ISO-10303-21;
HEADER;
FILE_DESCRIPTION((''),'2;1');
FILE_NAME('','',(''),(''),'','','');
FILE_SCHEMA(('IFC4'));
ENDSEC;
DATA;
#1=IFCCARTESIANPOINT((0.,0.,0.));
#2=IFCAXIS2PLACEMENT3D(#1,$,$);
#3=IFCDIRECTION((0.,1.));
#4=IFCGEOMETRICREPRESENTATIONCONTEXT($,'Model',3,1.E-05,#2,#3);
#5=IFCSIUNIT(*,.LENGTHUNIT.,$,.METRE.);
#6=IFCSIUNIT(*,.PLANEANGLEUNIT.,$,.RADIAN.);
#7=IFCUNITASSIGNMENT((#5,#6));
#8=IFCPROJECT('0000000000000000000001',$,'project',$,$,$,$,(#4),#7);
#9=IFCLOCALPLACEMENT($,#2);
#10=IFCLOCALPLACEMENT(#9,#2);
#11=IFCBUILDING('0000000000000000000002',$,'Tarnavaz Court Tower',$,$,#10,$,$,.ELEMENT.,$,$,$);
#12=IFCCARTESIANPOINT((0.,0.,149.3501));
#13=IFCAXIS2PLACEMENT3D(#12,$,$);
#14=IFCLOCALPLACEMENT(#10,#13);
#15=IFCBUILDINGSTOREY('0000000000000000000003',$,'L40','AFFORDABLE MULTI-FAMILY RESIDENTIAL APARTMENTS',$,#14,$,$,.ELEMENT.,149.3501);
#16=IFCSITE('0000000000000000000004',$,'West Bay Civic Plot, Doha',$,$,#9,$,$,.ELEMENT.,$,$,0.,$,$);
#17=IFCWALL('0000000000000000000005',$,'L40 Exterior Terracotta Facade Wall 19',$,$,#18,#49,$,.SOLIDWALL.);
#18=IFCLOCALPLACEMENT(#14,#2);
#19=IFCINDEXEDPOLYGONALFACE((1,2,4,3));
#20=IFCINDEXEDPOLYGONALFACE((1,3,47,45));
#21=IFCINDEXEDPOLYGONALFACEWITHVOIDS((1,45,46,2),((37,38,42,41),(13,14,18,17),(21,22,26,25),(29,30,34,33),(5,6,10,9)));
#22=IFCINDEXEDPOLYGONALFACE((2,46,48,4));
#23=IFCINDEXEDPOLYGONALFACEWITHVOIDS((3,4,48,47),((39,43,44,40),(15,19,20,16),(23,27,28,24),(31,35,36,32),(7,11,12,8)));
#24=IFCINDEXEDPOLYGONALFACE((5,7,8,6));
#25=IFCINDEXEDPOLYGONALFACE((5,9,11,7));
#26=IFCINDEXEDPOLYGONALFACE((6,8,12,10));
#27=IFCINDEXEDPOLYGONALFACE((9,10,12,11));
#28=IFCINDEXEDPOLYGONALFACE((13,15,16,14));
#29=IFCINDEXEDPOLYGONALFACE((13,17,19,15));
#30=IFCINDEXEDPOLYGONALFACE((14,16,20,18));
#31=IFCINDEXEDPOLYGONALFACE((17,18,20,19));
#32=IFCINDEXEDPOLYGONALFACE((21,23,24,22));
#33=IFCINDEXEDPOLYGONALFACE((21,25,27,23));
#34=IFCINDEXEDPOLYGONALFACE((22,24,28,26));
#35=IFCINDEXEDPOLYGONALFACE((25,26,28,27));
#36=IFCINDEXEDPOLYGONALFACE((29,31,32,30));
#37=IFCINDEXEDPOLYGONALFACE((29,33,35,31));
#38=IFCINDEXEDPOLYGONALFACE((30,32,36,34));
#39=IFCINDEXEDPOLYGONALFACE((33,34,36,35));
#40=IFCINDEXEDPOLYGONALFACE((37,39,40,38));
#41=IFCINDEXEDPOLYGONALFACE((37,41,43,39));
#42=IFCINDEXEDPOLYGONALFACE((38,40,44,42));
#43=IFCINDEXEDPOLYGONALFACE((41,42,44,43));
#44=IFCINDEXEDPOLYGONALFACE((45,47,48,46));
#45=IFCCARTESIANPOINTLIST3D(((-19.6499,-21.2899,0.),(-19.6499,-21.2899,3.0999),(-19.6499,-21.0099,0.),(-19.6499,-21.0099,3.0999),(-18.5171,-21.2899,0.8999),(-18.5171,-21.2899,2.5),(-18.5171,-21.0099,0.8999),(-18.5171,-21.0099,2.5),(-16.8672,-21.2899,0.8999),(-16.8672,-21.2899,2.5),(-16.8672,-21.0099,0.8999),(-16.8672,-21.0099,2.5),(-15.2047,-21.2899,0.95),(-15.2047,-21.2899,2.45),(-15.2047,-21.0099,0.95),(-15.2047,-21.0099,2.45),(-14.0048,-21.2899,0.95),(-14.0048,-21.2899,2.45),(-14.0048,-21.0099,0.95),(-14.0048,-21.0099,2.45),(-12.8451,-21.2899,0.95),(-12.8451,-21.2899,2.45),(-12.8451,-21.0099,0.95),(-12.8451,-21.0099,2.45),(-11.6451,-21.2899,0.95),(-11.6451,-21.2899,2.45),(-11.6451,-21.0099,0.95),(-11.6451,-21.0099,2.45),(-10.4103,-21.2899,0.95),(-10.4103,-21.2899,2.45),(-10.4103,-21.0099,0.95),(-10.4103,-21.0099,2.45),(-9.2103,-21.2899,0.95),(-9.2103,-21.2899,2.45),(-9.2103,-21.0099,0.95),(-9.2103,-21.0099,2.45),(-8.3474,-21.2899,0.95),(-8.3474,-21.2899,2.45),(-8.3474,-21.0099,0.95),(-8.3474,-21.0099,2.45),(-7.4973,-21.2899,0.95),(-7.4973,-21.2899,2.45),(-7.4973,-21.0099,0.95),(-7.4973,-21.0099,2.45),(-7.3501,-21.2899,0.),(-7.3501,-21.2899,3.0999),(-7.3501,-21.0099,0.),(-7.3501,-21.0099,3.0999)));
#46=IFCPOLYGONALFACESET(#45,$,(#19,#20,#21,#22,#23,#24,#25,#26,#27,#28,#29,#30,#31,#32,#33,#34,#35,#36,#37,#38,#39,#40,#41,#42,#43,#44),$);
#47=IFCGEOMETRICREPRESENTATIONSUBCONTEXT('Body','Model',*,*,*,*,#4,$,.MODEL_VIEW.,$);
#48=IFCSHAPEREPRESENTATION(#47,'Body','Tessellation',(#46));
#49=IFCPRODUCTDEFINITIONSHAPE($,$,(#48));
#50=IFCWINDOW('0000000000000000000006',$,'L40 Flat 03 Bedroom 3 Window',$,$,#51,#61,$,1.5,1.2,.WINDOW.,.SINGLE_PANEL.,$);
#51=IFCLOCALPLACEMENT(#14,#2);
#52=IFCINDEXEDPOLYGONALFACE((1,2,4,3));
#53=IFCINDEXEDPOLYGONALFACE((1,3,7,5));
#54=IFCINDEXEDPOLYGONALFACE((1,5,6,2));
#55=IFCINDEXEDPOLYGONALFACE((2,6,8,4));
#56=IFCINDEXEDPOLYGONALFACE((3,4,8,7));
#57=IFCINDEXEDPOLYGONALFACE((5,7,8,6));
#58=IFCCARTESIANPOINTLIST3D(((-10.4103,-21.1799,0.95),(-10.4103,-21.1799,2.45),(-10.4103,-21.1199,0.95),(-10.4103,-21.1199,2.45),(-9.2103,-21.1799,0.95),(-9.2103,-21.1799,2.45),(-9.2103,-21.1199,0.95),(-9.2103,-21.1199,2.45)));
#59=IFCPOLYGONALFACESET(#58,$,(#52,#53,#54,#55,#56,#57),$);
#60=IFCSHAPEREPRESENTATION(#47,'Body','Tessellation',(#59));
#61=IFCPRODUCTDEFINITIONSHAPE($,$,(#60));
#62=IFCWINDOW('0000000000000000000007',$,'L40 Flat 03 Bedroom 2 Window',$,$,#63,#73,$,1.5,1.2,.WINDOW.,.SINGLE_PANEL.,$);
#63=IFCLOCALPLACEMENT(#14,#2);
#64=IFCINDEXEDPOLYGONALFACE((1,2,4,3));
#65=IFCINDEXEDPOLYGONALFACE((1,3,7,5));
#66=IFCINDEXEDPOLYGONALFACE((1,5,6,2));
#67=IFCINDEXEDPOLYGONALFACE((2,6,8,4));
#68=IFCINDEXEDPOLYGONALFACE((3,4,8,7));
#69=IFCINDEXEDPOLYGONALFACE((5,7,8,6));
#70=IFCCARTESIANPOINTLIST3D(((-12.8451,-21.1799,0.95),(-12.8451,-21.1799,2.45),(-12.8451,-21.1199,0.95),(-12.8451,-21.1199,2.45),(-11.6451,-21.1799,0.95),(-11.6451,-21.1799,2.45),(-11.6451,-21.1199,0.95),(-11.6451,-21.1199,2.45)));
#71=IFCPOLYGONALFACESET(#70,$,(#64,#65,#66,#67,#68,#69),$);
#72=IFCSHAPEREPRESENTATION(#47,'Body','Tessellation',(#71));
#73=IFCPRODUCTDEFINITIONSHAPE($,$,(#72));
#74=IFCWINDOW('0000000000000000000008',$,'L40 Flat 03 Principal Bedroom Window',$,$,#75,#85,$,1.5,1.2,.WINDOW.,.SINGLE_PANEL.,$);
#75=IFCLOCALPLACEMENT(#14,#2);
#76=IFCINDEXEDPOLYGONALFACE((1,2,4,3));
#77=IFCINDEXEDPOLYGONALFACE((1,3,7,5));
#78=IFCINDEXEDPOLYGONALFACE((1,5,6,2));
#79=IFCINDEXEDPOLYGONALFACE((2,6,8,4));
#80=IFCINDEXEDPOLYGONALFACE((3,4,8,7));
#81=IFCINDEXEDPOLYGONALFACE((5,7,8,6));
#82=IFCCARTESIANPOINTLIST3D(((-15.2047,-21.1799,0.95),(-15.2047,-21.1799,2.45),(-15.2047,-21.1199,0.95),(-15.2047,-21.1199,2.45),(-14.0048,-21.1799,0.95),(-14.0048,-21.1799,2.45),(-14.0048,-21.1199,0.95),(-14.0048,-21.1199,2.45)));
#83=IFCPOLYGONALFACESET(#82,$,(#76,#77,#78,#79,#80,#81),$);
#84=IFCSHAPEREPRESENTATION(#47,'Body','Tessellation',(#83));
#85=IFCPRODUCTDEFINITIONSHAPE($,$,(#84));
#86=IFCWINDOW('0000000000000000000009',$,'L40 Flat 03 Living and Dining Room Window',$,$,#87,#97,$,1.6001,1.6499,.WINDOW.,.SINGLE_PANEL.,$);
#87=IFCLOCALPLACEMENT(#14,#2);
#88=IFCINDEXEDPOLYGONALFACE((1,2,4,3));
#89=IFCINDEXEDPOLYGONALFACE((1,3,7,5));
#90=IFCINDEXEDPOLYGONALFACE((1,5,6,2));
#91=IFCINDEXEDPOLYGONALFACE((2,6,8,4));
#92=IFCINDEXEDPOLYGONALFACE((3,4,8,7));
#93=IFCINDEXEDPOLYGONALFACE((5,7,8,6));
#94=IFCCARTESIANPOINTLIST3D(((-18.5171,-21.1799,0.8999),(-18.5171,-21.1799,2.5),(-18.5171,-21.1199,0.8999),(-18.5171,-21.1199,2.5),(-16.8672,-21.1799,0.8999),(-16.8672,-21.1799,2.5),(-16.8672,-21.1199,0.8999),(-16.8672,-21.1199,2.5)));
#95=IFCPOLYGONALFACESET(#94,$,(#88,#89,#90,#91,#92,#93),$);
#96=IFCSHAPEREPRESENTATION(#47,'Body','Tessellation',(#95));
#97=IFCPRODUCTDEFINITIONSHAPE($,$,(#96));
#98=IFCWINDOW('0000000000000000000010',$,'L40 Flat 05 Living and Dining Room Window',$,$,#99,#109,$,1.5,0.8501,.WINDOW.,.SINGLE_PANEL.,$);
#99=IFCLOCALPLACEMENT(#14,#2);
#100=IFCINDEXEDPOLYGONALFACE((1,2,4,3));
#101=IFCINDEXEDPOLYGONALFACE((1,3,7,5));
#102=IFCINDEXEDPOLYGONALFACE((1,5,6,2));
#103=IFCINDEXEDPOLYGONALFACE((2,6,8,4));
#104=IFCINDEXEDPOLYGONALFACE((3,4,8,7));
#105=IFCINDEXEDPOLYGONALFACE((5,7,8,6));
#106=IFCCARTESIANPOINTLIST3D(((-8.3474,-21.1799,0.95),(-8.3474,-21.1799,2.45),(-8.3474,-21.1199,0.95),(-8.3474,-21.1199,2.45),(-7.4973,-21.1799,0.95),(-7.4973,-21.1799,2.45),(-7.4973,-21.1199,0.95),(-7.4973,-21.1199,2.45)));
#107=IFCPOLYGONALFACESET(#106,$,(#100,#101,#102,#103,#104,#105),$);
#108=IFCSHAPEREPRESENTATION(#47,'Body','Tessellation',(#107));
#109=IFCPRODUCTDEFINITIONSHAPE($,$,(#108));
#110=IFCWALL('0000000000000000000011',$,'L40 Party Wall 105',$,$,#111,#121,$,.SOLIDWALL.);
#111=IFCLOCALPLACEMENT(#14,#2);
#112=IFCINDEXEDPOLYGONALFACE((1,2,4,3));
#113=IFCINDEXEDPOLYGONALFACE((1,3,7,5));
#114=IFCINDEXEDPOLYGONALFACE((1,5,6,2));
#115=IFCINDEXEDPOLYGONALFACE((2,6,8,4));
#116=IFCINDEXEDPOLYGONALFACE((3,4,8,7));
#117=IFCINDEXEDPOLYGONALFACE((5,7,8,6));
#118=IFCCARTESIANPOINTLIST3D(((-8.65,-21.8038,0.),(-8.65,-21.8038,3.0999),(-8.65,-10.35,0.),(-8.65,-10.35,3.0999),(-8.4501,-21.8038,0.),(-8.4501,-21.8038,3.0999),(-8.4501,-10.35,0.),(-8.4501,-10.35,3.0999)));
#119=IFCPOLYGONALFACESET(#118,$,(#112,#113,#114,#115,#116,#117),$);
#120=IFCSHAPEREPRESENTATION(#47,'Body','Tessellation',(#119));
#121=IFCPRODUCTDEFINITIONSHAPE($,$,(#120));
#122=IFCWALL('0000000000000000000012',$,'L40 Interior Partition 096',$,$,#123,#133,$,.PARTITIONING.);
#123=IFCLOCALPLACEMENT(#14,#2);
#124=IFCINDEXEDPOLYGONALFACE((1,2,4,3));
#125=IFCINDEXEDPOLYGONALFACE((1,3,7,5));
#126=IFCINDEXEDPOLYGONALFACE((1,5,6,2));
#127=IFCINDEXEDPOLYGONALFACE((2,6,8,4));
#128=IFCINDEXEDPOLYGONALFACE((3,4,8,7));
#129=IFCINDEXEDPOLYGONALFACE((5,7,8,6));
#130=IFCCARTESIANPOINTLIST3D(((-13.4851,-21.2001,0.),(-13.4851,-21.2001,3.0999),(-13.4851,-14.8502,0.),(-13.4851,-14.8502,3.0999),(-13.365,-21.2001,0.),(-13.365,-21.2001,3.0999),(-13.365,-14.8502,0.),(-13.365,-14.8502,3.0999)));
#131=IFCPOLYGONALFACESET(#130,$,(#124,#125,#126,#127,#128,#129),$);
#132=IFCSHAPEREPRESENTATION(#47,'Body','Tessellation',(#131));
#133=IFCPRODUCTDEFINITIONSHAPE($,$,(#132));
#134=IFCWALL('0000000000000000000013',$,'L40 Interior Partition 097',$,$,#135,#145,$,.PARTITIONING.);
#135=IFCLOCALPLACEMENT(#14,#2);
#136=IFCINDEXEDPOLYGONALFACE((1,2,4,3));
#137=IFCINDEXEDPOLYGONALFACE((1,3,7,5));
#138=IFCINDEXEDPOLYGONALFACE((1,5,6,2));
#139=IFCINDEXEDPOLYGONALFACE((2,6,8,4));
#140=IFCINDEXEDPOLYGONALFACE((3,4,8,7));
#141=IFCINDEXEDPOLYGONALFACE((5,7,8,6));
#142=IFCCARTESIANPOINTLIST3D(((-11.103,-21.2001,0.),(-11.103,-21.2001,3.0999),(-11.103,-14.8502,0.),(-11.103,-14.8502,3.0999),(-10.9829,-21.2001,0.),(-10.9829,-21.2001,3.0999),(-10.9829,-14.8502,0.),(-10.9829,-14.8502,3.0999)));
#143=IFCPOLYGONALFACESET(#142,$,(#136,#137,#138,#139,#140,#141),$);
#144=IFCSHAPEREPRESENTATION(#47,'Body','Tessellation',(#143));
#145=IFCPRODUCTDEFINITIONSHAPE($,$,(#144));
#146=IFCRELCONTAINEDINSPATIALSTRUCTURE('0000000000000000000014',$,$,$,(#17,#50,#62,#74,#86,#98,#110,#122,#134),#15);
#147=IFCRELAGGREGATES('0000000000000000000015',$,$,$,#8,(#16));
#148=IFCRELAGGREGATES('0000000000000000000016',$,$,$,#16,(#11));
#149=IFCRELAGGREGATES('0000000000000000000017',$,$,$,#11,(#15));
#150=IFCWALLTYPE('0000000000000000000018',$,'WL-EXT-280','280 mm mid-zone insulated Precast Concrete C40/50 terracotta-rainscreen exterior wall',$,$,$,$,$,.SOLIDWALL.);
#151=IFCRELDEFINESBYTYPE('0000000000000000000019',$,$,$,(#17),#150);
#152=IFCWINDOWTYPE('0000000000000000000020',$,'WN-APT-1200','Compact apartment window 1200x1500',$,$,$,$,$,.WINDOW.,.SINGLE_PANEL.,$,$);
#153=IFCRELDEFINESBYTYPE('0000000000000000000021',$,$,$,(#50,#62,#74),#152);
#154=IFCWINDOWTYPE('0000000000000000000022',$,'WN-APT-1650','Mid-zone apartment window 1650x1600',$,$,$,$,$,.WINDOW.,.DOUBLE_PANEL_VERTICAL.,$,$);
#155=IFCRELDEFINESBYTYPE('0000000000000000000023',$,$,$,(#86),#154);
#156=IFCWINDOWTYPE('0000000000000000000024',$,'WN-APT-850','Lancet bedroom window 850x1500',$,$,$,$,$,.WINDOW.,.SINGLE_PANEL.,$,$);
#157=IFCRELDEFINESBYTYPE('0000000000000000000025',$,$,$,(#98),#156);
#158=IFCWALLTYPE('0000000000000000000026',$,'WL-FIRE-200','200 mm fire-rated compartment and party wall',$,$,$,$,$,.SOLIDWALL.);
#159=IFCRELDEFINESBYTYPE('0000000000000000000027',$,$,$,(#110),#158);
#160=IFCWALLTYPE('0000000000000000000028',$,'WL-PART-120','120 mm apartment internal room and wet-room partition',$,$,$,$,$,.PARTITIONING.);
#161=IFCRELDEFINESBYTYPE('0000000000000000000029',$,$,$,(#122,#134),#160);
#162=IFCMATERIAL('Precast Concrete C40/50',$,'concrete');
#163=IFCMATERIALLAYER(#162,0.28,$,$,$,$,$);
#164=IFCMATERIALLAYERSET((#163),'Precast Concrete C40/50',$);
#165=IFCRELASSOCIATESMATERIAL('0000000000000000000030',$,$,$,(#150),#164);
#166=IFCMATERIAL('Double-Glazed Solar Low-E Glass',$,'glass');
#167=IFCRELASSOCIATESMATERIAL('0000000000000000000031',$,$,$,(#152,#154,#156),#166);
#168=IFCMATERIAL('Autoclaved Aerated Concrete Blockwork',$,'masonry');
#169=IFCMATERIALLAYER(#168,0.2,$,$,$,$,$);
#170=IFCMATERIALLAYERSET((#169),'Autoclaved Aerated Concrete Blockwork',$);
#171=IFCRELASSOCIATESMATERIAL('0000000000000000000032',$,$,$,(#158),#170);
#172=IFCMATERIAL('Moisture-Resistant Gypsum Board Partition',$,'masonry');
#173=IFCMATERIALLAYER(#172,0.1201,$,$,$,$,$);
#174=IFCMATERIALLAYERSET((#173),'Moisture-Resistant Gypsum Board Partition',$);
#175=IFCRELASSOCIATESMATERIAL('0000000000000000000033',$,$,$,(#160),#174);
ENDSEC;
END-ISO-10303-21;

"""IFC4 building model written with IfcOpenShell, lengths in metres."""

from ifc_helpers import new_model, si_unit, direction, frame, frame_2d, origin, place, context, subcontext, project, spatial, rectangle, extrude, material, layer, layer_set, type_object, element, fill, save


model = new_model("IFC4")

# Units and contexts
model_context = context("Model", 3, precision=1e-05, world=origin(), true_north=direction((0.0, 1.0)))
body_context = subcontext(model_context, "Body", "Model", "MODEL_VIEW")
ifc_project = project(units=[si_unit("LENGTHUNIT", "METRE"), si_unit("PLANEANGLEUNIT", "RADIAN")], contexts=[model_context])

# Site, building, storey
site_placement = place(None, origin())
site = spatial("IfcSite", under=ifc_project, at=site_placement, Name="West Bay Civic Plot, Doha", CompositionType="ELEMENT", RefElevation=0.0)
building_placement = place(site_placement, origin())
building = spatial("IfcBuilding", under=site, at=building_placement, Name="Tarnavaz Court Tower", CompositionType="ELEMENT")
storey_placement = place(building_placement, frame((0.0, 0.0, 149.3501)))
storey = spatial("IfcBuildingStorey", under=building, at=storey_placement, Name="L40", Description="AFFORDABLE MULTI-FAMILY RESIDENTIAL APARTMENTS", CompositionType="ELEMENT", Elevation=149.3501)

# Shared definitions
ifc_material_1 = material(Name="Double-Glazed Solar Low-E Glass", Category="glass")

# Shared definitions
ifc_material_2 = material(Name="Precast Concrete C40/50", Category="concrete")
ifc_layer_1 = layer(ifc_material_2, 0.28)
ifc_layer_set_1 = layer_set([ifc_layer_1], Name="Precast Concrete C40/50")
wall_type_1 = type_object("IfcWallType", Name="WL-EXT-280", Description="280 mm mid-zone insulated Precast Concrete C40/50 terracotta-rainscreen exterior wall", PredefinedType="SOLIDWALL", material=ifc_layer_set_1)
window_type_1 = type_object("IfcWindowType", Name="WN-APT-1200", Description="Compact apartment window 1200x1500", PartitioningType="SINGLE_PANEL", PredefinedType="WINDOW", material=ifc_material_1)

# Wall, openings, windows
wall_1_placement = place(storey_placement, frame((-7.3501, -21.1499, 0.0), z_axis=(0.0, 0.0, 1.0), x_axis=(-1.0, 0.0, 0.0)))
wall_1 = element("IfcWall", 1, at=wall_1_placement, inside=storey, type_object=wall_type_1, Name="L40 Exterior Terracotta Facade Wall 19", PredefinedType="SOLIDWALL", context=body_context, shape_type="SweptSolid", body=[
    extrude(rectangle(XDim=12.2998, YDim=0.28, at=frame_2d((6.1499, 0.0))), origin(), (0.0, 0.0, 1.0), 3.0999),
])
opening_1_placement = place(wall_1_placement, frame((0.1472, 0.0, 0.95)))
opening_1 = element("IfcOpeningElement", 2, at=opening_1_placement, cuts=wall_1, PredefinedType="OPENING", context=body_context, shape_type="SweptSolid", body=[
    extrude(rectangle(XDim=0.8501, YDim=1.5, at=frame_2d((0.425, 0.75))), frame((0.0, 0.1499, 0.0), z_axis=(0.0, -1.0, 0.0), x_axis=(1.0, 0.0, 0.0)), (0.0, 0.0, 1.0), 0.3),
])
opening_2_placement = place(wall_1_placement, frame((1.8601, 0.0, 0.95)))
opening_2 = element("IfcOpeningElement", 3, at=opening_2_placement, cuts=wall_1, PredefinedType="OPENING", context=body_context, shape_type="SweptSolid", body=[
    extrude(rectangle(XDim=1.2, YDim=1.5, at=frame_2d((0.6001, 0.75))), frame((0.0, 0.1499, 0.0), z_axis=(0.0, -1.0, 0.0), x_axis=(1.0, 0.0, 0.0)), (0.0, 0.0, 1.0), 0.3),
])
opening_3_placement = place(wall_1_placement, frame((4.2949, 0.0, 0.95)))
opening_3 = element("IfcOpeningElement", 4, at=opening_3_placement, cuts=wall_1, PredefinedType="OPENING", context=body_context, shape_type="SweptSolid", body=[
    extrude(rectangle(XDim=1.2, YDim=1.5, at=frame_2d((0.6001, 0.75))), frame((0.0, 0.1499, 0.0), z_axis=(0.0, -1.0, 0.0), x_axis=(1.0, 0.0, 0.0)), (0.0, 0.0, 1.0), 0.3),
])
opening_4_placement = place(wall_1_placement, frame((6.6545, 0.0, 0.95)))
opening_4 = element("IfcOpeningElement", 5, at=opening_4_placement, cuts=wall_1, PredefinedType="OPENING", context=body_context, shape_type="SweptSolid", body=[
    extrude(rectangle(XDim=1.2, YDim=1.5, at=frame_2d((0.6001, 0.75))), frame((0.0, 0.1499, 0.0), z_axis=(0.0, -1.0, 0.0), x_axis=(1.0, 0.0, 0.0)), (0.0, 0.0, 1.0), 0.3),
])
opening_5_placement = place(wall_1_placement, frame((9.5171, 0.0, 0.8999)))
opening_5 = element("IfcOpeningElement", 6, at=opening_5_placement, cuts=wall_1, PredefinedType="OPENING", context=body_context, shape_type="SweptSolid", body=[
    extrude(rectangle(XDim=1.6499, YDim=1.6001, at=frame_2d((0.825, 0.8))), frame((0.0, 0.1499, 0.0), z_axis=(0.0, -1.0, 0.0), x_axis=(1.0, 0.0, 0.0)), (0.0, 0.0, 1.0), 0.3),
])
window_1_placement = place(opening_2_placement, origin())
window_1 = element("IfcWindow", 7, at=window_1_placement, inside=storey, type_object=window_type_1, Name="L40 Flat 03 Bedroom 3 Window", OverallHeight=1.5, OverallWidth=1.2, PartitioningType="SINGLE_PANEL", PredefinedType="WINDOW", context=body_context, shape_type="SweptSolid", body=[
    extrude(rectangle(XDim=1.2, YDim=1.5, at=frame_2d((0.6001, 0.75))), frame((0.0, 0.03, 0.0), z_axis=(0.0, -1.0, 0.0), x_axis=(1.0, 0.0, 0.0)), (0.0, 0.0, 1.0), 0.0601),
])
fill(opening_2, window_1)
window_2_placement = place(opening_3_placement, origin())
window_2 = element("IfcWindow", 8, at=window_2_placement, inside=storey, type_object=window_type_1, Name="L40 Flat 03 Bedroom 2 Window", OverallHeight=1.5, OverallWidth=1.2, PartitioningType="SINGLE_PANEL", PredefinedType="WINDOW", context=body_context, shape_type="SweptSolid", body=[
    extrude(rectangle(XDim=1.2, YDim=1.5, at=frame_2d((0.6001, 0.75))), frame((0.0, 0.03, 0.0), z_axis=(0.0, -1.0, 0.0), x_axis=(1.0, 0.0, 0.0)), (0.0, 0.0, 1.0), 0.0601),
])
fill(opening_3, window_2)
window_3_placement = place(opening_4_placement, origin())
window_3 = element("IfcWindow", 9, at=window_3_placement, inside=storey, type_object=window_type_1, Name="L40 Flat 03 Principal Bedroom Window", OverallHeight=1.5, OverallWidth=1.2, PartitioningType="SINGLE_PANEL", PredefinedType="WINDOW", context=body_context, shape_type="SweptSolid", body=[
    extrude(rectangle(XDim=1.2, YDim=1.5, at=frame_2d((0.6001, 0.75))), frame((0.0, 0.03, 0.0), z_axis=(0.0, -1.0, 0.0), x_axis=(1.0, 0.0, 0.0)), (0.0, 0.0, 1.0), 0.0601),
])
fill(opening_4, window_3)
window_type_2 = type_object("IfcWindowType", Name="WN-APT-1650", Description="Mid-zone apartment window 1650x1600", PartitioningType="DOUBLE_PANEL_VERTICAL", PredefinedType="WINDOW", material=ifc_material_1)
window_4_placement = place(opening_5_placement, origin())
window_4 = element("IfcWindow", 10, at=window_4_placement, inside=storey, type_object=window_type_2, Name="L40 Flat 03 Living and Dining Room Window", OverallHeight=1.6001, OverallWidth=1.6499, PartitioningType="SINGLE_PANEL", PredefinedType="WINDOW", context=body_context, shape_type="SweptSolid", body=[
    extrude(rectangle(XDim=1.6499, YDim=1.6001, at=frame_2d((0.825, 0.8))), frame((0.0, 0.03, 0.0), z_axis=(0.0, -1.0, 0.0), x_axis=(1.0, 0.0, 0.0)), (0.0, 0.0, 1.0), 0.0601),
])
fill(opening_5, window_4)
window_type_3 = type_object("IfcWindowType", Name="WN-APT-850", Description="Lancet bedroom window 850x1500", PartitioningType="SINGLE_PANEL", PredefinedType="WINDOW", material=ifc_material_1)
window_5_placement = place(opening_1_placement, origin())
window_5 = element("IfcWindow", 11, at=window_5_placement, inside=storey, type_object=window_type_3, Name="L40 Flat 05 Living and Dining Room Window", OverallHeight=1.5, OverallWidth=0.8501, PartitioningType="SINGLE_PANEL", PredefinedType="WINDOW", context=body_context, shape_type="SweptSolid", body=[
    extrude(rectangle(XDim=0.8501, YDim=1.5, at=frame_2d((0.425, 0.75))), frame((0.0, 0.03, 0.0), z_axis=(0.0, -1.0, 0.0), x_axis=(1.0, 0.0, 0.0)), (0.0, 0.0, 1.0), 0.0601),
])
fill(opening_1, window_5)

# Walls
ifc_material_3 = material(Name="Autoclaved Aerated Concrete Blockwork", Category="masonry")
ifc_layer_2 = layer(ifc_material_3, 0.2)
ifc_layer_set_2 = layer_set([ifc_layer_2], Name="Autoclaved Aerated Concrete Blockwork")
wall_type_2 = type_object("IfcWallType", Name="WL-FIRE-200", Description="200 mm fire-rated compartment and party wall", PredefinedType="SOLIDWALL", material=ifc_layer_set_2)
wall_2_placement = place(storey_placement, frame((-8.55, -21.804, 0.0), z_axis=(0.0, 0.0, 1.0), x_axis=(0.0, 1.0, 0.0)))
element("IfcWall", 12, at=wall_2_placement, inside=storey, type_object=wall_type_2, Name="L40 Party Wall 105", PredefinedType="SOLIDWALL", context=body_context, shape_type="SweptSolid", body=[
    extrude(rectangle(XDim=11.4539, YDim=0.2, at=frame_2d((5.7271, 0.0))), origin(), (0.0, 0.0, 1.0), 3.0999),
])
ifc_material_4 = material(Name="Moisture-Resistant Gypsum Board Partition", Category="masonry")
ifc_layer_3 = layer(ifc_material_4, 0.1201)
ifc_layer_set_3 = layer_set([ifc_layer_3], Name="Moisture-Resistant Gypsum Board Partition")
wall_type_3 = type_object("IfcWallType", Name="WL-PART-120", Description="120 mm apartment internal room and wet-room partition", PredefinedType="PARTITIONING", material=ifc_layer_set_3)
for number, where, z_axis, x_axis, name in (
    (13, (-13.425, -21.2, 0.0), (0.0, 0.0, 1.0), (0.0, 1.0, 0.0), "L40 Interior Partition 096"),
    (14, (-11.043, -21.2, 0.0), (0.0, 0.0, 1.0), (0.0, 1.0, 0.0), "L40 Interior Partition 097"),
):
    element("IfcWall", number, at=place(storey_placement, frame(where, z_axis=z_axis, x_axis=x_axis)), inside=storey, type_object=wall_type_3, Name=name, PredefinedType="PARTITIONING", context=body_context, shape_type="SweptSolid", body=[
        extrude(rectangle(XDim=6.3499, YDim=0.1201, at=frame_2d((3.1748, 0.0))), origin(), (0.0, 0.0, 1.0), 3.0999),
    ])

save(model, "model.ifc")
